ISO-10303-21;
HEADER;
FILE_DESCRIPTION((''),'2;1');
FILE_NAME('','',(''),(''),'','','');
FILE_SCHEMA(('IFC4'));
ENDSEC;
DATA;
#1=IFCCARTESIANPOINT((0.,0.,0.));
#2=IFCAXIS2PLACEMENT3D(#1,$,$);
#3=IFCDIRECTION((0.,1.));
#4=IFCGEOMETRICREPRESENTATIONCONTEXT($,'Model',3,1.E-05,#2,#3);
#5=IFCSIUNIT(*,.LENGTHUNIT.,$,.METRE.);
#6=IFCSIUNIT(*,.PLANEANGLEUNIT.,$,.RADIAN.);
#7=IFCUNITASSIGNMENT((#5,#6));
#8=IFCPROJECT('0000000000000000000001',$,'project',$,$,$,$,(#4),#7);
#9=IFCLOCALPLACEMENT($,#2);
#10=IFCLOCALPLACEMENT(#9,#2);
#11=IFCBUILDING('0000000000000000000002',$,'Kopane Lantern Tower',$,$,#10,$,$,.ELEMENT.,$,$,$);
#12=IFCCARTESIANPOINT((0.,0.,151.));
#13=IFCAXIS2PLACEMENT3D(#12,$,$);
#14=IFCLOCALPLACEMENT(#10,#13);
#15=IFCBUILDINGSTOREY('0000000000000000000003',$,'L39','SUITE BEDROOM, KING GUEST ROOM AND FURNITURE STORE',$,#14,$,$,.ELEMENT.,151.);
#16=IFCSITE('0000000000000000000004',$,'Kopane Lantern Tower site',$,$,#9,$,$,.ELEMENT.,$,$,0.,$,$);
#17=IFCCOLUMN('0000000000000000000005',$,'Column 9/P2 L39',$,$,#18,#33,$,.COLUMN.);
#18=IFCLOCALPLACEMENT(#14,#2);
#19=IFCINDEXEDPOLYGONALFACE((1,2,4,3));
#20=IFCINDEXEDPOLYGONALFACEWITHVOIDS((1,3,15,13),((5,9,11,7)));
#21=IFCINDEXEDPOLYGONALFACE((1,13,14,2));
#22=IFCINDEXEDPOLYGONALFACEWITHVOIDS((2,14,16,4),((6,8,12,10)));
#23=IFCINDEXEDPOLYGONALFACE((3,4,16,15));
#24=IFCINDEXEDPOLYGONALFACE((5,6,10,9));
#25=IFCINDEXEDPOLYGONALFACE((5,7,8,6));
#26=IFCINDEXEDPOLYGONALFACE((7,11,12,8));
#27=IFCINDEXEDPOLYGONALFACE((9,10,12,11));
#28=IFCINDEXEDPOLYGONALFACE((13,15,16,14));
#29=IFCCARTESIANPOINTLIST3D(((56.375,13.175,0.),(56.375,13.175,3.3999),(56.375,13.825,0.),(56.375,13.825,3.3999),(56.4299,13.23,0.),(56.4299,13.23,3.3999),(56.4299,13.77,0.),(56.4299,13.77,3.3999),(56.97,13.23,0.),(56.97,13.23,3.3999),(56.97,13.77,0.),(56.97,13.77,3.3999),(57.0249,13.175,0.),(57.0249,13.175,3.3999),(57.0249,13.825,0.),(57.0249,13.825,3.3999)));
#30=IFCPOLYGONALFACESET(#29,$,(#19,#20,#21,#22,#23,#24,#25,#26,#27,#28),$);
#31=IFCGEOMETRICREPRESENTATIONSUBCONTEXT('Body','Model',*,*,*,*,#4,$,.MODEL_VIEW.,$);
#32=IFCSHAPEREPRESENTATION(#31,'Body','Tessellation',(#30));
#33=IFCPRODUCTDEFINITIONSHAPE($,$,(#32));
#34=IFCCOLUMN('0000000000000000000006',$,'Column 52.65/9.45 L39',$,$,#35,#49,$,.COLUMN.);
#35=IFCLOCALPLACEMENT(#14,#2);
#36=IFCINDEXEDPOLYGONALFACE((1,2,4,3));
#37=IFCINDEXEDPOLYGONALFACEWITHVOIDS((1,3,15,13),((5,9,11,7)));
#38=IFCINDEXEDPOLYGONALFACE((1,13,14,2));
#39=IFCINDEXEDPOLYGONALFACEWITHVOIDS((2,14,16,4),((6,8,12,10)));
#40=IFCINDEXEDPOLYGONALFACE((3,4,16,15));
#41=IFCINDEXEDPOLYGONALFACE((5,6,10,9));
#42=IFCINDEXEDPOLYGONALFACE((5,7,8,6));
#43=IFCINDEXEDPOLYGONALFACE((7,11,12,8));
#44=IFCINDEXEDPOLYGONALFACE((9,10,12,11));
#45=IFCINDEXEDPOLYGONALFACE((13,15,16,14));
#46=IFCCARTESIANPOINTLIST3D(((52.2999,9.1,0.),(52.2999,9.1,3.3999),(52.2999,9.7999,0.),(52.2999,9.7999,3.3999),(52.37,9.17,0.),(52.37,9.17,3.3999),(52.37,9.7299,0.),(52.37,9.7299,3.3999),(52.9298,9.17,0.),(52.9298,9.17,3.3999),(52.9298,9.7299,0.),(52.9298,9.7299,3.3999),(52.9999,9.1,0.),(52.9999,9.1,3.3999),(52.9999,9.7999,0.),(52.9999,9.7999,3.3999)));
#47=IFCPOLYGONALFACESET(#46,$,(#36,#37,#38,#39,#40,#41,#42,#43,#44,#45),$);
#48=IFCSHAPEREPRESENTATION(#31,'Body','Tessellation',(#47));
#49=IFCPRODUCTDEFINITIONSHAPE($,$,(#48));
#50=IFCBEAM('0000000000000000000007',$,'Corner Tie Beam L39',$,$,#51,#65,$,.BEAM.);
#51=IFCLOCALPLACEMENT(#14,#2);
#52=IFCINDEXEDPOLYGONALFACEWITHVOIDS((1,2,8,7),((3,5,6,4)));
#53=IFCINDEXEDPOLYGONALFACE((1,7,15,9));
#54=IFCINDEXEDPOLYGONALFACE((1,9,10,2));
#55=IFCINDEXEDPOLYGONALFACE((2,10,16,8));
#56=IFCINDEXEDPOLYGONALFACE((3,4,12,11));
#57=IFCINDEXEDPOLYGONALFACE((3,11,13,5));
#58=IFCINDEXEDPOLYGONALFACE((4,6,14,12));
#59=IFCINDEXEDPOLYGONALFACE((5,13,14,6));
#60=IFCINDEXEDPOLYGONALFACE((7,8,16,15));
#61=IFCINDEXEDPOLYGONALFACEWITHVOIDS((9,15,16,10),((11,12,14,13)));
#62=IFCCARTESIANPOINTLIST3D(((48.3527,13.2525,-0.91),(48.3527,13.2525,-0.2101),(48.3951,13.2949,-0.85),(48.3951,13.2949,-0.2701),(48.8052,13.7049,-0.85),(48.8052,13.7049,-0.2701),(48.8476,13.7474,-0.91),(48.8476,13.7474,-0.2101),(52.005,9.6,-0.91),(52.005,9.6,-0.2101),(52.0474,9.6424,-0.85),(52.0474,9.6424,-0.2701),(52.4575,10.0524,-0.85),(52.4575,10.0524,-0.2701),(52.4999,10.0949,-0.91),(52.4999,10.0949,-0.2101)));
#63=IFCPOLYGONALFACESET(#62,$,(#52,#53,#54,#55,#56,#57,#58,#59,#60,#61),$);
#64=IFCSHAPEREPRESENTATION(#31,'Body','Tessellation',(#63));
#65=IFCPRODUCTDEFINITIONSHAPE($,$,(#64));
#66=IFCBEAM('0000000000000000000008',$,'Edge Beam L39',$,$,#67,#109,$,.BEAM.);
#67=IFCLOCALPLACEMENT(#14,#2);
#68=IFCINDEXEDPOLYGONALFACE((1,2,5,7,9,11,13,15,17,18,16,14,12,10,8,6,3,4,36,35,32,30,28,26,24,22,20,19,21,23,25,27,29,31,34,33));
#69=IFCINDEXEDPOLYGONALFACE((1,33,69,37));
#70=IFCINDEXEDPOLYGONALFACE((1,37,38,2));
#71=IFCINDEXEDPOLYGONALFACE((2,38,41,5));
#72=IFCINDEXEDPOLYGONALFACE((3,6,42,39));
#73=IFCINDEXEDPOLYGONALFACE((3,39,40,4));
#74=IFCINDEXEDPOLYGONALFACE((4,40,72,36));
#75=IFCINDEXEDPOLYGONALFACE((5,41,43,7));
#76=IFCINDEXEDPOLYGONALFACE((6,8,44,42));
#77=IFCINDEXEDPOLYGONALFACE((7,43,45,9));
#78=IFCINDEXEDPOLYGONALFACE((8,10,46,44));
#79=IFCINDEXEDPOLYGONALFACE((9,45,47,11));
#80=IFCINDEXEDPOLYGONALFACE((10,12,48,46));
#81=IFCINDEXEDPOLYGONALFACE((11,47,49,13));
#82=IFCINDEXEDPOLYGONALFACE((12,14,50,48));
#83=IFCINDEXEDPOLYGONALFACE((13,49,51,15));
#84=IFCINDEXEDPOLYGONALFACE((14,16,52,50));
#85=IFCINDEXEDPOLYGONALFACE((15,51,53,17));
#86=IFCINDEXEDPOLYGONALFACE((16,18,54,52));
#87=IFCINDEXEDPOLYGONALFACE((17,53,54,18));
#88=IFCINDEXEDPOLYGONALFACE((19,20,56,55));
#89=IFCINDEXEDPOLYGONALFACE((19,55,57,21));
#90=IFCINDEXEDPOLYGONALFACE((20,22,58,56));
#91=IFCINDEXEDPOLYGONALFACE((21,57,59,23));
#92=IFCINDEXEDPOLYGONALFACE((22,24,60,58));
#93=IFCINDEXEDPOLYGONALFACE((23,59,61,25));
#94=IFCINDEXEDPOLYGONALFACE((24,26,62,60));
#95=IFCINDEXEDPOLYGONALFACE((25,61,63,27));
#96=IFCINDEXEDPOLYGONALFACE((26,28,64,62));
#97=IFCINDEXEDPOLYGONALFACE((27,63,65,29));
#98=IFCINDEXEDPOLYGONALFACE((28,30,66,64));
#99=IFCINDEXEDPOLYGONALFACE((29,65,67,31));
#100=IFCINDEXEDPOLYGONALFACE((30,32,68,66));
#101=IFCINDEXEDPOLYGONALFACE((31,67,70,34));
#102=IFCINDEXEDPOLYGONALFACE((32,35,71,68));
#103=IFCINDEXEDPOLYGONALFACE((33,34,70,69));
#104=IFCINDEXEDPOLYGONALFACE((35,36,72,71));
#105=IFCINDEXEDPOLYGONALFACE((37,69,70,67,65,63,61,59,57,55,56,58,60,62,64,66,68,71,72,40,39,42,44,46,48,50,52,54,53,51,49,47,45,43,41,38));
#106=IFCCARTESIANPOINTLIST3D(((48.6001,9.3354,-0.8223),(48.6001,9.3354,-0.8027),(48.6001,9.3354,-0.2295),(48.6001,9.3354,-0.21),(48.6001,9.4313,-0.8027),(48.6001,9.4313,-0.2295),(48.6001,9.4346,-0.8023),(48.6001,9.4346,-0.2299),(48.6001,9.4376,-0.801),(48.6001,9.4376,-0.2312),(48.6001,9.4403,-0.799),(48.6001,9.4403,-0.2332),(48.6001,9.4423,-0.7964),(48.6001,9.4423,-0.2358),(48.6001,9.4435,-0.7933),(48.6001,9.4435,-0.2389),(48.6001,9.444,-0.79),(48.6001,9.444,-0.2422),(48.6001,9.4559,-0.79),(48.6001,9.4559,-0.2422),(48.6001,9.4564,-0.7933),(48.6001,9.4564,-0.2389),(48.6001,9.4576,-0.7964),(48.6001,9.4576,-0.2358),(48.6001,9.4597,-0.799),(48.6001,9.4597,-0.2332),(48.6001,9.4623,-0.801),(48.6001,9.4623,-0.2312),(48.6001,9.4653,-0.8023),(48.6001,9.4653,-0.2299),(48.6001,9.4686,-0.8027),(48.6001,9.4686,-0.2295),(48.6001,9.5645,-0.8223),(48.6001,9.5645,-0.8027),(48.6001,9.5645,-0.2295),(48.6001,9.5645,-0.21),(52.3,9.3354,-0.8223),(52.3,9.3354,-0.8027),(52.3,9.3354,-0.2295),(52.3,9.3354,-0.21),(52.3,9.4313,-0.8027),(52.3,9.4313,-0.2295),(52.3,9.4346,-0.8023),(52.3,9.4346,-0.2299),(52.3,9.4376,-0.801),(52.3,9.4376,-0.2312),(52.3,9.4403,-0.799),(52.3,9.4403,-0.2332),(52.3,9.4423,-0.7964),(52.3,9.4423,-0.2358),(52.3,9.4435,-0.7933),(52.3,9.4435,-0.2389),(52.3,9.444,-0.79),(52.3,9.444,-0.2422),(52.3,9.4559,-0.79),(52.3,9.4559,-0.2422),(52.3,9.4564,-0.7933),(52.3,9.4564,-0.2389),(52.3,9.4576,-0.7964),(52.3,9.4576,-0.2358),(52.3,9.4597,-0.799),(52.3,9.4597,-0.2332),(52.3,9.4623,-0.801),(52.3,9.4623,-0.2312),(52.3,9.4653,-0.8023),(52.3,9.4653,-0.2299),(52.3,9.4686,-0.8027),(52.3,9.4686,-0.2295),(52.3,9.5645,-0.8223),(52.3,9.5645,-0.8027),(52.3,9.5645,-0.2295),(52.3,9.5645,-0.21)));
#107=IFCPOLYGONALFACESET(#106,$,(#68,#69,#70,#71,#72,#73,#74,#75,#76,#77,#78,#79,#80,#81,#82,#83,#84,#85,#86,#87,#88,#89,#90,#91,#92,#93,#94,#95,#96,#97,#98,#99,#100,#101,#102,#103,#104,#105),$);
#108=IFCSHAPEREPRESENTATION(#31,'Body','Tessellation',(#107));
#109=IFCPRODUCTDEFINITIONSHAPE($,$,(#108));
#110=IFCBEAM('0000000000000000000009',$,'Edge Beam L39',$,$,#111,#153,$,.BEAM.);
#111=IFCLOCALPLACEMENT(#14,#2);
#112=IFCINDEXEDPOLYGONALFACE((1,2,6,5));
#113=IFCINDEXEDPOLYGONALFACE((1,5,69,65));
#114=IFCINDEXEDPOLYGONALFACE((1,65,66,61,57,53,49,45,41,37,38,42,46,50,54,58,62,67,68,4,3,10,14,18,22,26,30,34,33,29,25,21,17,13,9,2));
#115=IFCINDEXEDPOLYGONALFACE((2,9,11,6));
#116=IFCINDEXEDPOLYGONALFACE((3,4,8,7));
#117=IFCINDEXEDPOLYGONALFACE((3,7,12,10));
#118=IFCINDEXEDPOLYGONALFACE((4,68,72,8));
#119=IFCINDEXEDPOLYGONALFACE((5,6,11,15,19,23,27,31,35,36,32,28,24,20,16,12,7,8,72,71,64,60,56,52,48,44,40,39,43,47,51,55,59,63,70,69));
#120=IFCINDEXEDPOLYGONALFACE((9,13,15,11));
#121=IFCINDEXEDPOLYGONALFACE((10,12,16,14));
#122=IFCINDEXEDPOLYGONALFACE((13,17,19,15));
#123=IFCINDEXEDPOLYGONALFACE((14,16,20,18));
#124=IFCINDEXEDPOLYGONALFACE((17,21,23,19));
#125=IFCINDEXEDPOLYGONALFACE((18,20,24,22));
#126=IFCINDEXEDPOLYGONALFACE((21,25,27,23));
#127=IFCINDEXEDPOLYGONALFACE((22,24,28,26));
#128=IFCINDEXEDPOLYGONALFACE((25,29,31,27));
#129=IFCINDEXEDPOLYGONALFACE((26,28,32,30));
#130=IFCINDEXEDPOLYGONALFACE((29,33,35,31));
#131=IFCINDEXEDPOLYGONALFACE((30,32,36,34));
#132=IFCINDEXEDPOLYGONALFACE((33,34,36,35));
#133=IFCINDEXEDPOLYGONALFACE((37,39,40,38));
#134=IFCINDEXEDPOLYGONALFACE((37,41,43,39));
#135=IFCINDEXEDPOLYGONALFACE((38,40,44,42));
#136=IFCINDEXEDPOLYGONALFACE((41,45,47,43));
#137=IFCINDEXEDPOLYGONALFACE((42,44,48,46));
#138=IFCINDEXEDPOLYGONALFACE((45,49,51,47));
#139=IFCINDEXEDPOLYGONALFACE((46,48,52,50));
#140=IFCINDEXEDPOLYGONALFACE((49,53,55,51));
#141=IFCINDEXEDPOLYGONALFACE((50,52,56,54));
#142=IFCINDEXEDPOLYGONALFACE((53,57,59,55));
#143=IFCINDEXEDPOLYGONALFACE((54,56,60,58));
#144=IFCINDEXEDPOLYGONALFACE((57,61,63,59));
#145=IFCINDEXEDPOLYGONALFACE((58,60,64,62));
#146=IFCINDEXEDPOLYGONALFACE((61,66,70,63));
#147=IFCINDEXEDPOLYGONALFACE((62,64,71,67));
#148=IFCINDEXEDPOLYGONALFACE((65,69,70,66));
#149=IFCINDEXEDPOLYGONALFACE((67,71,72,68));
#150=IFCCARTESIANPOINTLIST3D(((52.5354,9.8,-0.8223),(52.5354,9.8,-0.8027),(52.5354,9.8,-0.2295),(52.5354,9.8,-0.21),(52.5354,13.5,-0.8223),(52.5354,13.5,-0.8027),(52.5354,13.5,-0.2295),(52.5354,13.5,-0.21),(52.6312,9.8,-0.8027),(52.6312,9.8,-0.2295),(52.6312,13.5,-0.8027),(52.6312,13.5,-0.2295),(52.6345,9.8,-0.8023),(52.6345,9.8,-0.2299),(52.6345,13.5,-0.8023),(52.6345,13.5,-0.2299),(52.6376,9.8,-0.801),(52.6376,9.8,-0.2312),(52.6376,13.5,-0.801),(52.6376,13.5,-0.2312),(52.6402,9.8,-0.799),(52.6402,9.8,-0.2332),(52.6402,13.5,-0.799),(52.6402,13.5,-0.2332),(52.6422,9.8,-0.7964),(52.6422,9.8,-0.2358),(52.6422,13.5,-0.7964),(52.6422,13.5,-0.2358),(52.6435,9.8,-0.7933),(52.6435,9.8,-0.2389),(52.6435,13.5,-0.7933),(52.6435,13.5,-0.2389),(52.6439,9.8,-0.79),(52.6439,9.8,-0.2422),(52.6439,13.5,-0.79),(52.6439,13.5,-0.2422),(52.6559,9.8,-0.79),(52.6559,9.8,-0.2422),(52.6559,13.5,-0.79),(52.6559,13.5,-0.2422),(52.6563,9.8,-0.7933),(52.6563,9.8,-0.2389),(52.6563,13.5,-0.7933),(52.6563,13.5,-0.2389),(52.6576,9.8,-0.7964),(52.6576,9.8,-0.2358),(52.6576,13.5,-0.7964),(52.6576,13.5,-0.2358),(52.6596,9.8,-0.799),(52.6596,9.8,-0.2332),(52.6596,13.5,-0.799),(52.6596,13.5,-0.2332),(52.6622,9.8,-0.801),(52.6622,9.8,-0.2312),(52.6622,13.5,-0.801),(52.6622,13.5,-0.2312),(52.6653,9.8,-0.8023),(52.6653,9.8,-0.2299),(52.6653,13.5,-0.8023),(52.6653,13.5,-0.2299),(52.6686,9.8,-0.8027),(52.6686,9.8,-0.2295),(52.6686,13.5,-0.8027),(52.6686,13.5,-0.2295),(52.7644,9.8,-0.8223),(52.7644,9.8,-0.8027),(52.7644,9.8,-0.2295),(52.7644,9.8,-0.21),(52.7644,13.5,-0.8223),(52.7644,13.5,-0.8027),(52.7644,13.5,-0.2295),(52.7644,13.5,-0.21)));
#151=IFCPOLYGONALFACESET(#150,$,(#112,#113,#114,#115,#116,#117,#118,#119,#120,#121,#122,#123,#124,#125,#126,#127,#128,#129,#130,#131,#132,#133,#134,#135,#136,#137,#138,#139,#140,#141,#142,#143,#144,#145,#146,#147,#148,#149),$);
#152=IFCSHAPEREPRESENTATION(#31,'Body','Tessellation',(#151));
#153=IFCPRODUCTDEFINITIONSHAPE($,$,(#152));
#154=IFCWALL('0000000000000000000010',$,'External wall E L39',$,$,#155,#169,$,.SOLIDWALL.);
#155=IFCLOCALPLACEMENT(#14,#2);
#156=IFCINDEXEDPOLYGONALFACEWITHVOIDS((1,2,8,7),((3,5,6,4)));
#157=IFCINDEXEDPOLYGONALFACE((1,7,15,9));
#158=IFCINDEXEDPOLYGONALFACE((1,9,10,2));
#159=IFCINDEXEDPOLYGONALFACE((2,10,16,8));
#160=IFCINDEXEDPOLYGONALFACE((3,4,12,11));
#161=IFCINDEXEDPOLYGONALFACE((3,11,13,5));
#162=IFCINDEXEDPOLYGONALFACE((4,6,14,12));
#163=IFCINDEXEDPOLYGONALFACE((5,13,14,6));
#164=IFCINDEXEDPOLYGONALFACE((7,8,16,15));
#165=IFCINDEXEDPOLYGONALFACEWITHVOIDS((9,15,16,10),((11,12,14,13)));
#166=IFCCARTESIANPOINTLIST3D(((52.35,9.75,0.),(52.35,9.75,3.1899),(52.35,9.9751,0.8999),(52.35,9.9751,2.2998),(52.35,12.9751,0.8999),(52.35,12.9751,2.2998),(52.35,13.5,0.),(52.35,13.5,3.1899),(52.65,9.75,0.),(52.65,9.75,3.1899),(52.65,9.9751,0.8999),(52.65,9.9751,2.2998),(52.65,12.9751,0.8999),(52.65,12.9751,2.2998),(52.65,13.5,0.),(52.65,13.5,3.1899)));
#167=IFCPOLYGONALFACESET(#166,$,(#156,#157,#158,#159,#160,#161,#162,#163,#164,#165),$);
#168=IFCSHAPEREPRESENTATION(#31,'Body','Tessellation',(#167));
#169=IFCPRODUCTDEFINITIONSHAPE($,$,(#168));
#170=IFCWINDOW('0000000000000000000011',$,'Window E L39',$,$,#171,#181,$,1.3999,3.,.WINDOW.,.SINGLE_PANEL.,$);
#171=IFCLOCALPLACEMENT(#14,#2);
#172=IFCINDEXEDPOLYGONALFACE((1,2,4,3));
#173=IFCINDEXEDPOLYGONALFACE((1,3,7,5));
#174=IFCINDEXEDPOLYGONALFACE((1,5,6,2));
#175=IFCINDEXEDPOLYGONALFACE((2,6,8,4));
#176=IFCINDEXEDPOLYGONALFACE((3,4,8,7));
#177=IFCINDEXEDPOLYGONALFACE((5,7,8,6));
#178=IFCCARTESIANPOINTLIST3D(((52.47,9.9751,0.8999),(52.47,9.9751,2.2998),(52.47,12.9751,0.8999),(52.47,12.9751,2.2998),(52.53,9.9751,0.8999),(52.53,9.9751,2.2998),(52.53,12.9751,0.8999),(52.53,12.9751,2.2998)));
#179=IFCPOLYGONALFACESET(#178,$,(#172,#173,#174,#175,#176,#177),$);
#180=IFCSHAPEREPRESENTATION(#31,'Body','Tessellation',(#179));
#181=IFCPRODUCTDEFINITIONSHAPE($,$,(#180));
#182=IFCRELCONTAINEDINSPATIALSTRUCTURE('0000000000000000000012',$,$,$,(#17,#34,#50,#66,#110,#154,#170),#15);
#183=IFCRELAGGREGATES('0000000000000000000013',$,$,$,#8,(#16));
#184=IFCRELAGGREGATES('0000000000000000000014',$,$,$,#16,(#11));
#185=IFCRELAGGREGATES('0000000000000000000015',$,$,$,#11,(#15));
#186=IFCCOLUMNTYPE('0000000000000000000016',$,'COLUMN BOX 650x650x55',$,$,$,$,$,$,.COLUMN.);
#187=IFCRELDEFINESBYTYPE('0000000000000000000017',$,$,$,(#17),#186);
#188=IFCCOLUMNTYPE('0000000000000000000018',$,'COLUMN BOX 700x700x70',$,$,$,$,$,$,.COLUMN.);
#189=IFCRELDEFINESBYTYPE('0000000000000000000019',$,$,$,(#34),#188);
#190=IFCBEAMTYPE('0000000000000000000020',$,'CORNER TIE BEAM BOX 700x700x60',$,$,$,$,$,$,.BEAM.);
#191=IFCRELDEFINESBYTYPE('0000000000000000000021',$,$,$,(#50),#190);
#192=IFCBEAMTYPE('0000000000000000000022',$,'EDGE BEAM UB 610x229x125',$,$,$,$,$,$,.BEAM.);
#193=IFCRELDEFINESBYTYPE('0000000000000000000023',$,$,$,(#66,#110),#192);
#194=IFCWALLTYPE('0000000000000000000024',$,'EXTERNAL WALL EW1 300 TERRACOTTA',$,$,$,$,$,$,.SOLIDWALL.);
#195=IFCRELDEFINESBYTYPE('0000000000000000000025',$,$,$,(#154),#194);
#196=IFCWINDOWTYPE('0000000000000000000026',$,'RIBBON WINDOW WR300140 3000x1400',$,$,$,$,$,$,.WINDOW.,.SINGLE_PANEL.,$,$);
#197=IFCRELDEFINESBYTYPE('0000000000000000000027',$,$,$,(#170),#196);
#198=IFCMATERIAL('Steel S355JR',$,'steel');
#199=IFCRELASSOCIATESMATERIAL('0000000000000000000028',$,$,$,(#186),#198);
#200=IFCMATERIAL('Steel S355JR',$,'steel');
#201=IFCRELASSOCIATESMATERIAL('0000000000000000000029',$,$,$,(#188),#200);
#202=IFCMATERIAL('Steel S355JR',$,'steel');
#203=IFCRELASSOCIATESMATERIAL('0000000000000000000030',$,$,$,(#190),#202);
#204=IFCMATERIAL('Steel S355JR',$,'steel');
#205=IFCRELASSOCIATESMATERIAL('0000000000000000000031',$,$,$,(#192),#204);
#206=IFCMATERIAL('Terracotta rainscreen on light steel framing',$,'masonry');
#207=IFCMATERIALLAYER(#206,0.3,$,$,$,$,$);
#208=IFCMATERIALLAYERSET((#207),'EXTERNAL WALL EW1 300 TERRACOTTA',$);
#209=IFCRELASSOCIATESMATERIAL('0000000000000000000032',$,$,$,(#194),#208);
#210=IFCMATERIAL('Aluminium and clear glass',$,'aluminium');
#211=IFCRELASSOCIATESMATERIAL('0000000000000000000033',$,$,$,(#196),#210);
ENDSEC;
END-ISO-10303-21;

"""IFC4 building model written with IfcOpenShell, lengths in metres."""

from ifc_helpers import new_model, si_unit, direction, frame, frame_2d, origin, origin_2d, place, context, subcontext, project, spatial, rectangle, hollow_rectangle, i_section, extrude, material, layer, layer_set, material_profile, profile_set, type_object, element, fill, save


model = new_model("IFC4")

# Units and contexts
model_context = context("Model", 3, precision=1e-05, world=origin(), true_north=direction((0.0, 1.0)))
body_context = subcontext(model_context, "Body", "Model", "MODEL_VIEW")
ifc_project = project(units=[si_unit("LENGTHUNIT", "METRE"), si_unit("PLANEANGLEUNIT", "RADIAN")], contexts=[model_context])

# Site, building, storey
site_placement = place(None, origin())
site = spatial("IfcSite", under=ifc_project, at=site_placement, Name="Kopane Lantern Tower site", CompositionType="ELEMENT", RefElevation=0.0)
building_placement = place(site_placement, origin())
building = spatial("IfcBuilding", under=site, at=building_placement, Name="Kopane Lantern Tower", CompositionType="ELEMENT")
storey_placement = place(building_placement, frame((0.0, 0.0, 151.0)))
storey = spatial("IfcBuildingStorey", under=building, at=storey_placement, Name="L39", Description="SUITE BEDROOM, KING GUEST ROOM AND FURNITURE STORE", CompositionType="ELEMENT", Elevation=151.0)

# Columns
ifc_material_1 = material(Name="Steel S355JR", Category="steel")
ifc_material_profile_1 = material_profile(ifc_material_1, hollow_rectangle(XDim=0.6499, YDim=0.6499, WallThickness=0.0549, at=origin_2d()), Name="BOX 650x650x55")
ifc_profile_set_1 = profile_set([ifc_material_profile_1], Name="Steel S355JR")
column_type_1 = type_object("IfcColumnType", Name="COLUMN BOX 650x650x55", PredefinedType="COLUMN", material=ifc_profile_set_1)
column_1_placement = place(storey_placement, frame((56.7, 13.5, 0.0), z_axis=(0.0, 0.0, 1.0), x_axis=(1.0, 0.0, 0.0)))
element("IfcColumn", 1, at=column_1_placement, inside=storey, type_object=column_type_1, Name="Column 9/P2 L39", PredefinedType="COLUMN", context=body_context, shape_type="SweptSolid", body=[
    extrude(hollow_rectangle(XDim=0.6499, YDim=0.6499, WallThickness=0.0549, at=origin_2d()), origin(), (0.0, 0.0, 1.0), 3.3999),
])
ifc_material_2 = material(Name="Steel S355JR", Category="steel")
ifc_material_profile_2 = material_profile(ifc_material_2, hollow_rectangle(XDim=0.7, YDim=0.7, WallThickness=0.0701, at=origin_2d()), Name="BOX 700x700x70")
ifc_profile_set_2 = profile_set([ifc_material_profile_2], Name="Steel S355JR")
column_type_2 = type_object("IfcColumnType", Name="COLUMN BOX 700x700x70", PredefinedType="COLUMN", material=ifc_profile_set_2)
column_2_placement = place(storey_placement, frame((52.6499, 9.45, 0.0), z_axis=(0.0, 0.0, 1.0), x_axis=(1.0, 0.0, 0.0)))
element("IfcColumn", 2, at=column_2_placement, inside=storey, type_object=column_type_2, Name="Column 52.65/9.45 L39", PredefinedType="COLUMN", context=body_context, shape_type="SweptSolid", body=[
    extrude(hollow_rectangle(XDim=0.7, YDim=0.7, WallThickness=0.0701, at=origin_2d()), origin(), (0.0, 0.0, 1.0), 3.3999),
])

# Beams
ifc_material_3 = material(Name="Steel S355JR", Category="steel")
ifc_material_profile_3 = material_profile(ifc_material_3, hollow_rectangle(XDim=0.7, YDim=0.7, WallThickness=0.0601, at=origin_2d()), Name="BOX 700x700x60")
ifc_profile_set_3 = profile_set([ifc_material_profile_3], Name="Steel S355JR")
beam_type_1 = type_object("IfcBeamType", Name="CORNER TIE BEAM BOX 700x700x60", PredefinedType="BEAM", material=ifc_profile_set_3)
beam_placement = place(storey_placement, frame((52.2524, 9.8474, -0.5601), z_axis=(-0.707083, 0.70713, 0.0), x_axis=(-0.70713, -0.707083, 0.0)))
element("IfcBeam", 3, at=beam_placement, inside=storey, type_object=beam_type_1, Name="Corner Tie Beam L39", PredefinedType="BEAM", context=body_context, shape_type="SweptSolid", body=[
    extrude(hollow_rectangle(XDim=0.7, YDim=0.7, WallThickness=0.0601, at=origin_2d()), origin(), (0.0, 0.0, 1.0), 5.1653),
])
ifc_material_4 = material(Name="Steel S355JR", Category="steel")
ifc_material_profile_4 = material_profile(ifc_material_4, i_section(OverallWidth=0.229, OverallDepth=0.6123, WebThickness=0.012, FlangeThickness=0.0195, FilletRadius=0.0127, at=origin_2d()), Name="UB 610x229x125")
ifc_profile_set_4 = profile_set([ifc_material_profile_4], Name="Steel S355JR")
beam_type_2 = type_object("IfcBeamType", Name="EDGE BEAM UB 610x229x125", PredefinedType="BEAM", material=ifc_profile_set_4)
for number, where, z_axis, x_axis, name in (
    (4, (52.3, 9.45, -0.5161), (-1.0, 0.0, 0.0), (0.0, -1.0, 0.0), "Edge Beam L39"),
    (5, (52.6499, 9.8, -0.5161), (0.0, 1.0, 0.0), (-1.0, 0.0, 0.0), "Edge Beam L39"),
):
    element("IfcBeam", number, at=place(storey_placement, frame(where, z_axis=z_axis, x_axis=x_axis)), inside=storey, type_object=beam_type_2, Name=name, PredefinedType="BEAM", context=body_context, shape_type="SweptSolid", body=[
        extrude(i_section(OverallWidth=0.229, OverallDepth=0.6123, WebThickness=0.012, FlangeThickness=0.0195, FilletRadius=0.0127, at=origin_2d()), origin(), (0.0, 0.0, 1.0), 3.7),
    ])

# Wall, opening, window
ifc_material_5 = material(Name="Terracotta rainscreen on light steel framing", Category="masonry")
ifc_layer = layer(ifc_material_5, 0.3)
ifc_layer_set = layer_set([ifc_layer], Name="EXTERNAL WALL EW1 300 TERRACOTTA")
wall_type = type_object("IfcWallType", Name="EXTERNAL WALL EW1 300 TERRACOTTA", PredefinedType="SOLIDWALL", material=ifc_layer_set)
wall_placement = place(storey_placement, frame((52.5, 9.75, 0.0), z_axis=(0.0, 0.0, 1.0), x_axis=(0.0, 1.0, 0.0)))
wall = element("IfcWall", 6, at=wall_placement, inside=storey, type_object=wall_type, Name="External wall E L39", PredefinedType="SOLIDWALL", context=body_context, shape_type="SweptSolid", body=[
    extrude(rectangle(XDim=3.75, YDim=0.3, at=frame_2d((1.875, 0.0))), origin(), (0.0, 0.0, 1.0), 3.1899),
])
opening_placement = place(wall_placement, frame((0.2251, 0.0, 0.8999)))
opening = element("IfcOpeningElement", 7, at=opening_placement, cuts=wall, PredefinedType="OPENING", context=body_context, shape_type="SweptSolid", body=[
    extrude(rectangle(XDim=3.0, YDim=1.3999, at=frame_2d((1.5, 0.7))), frame((0.0, 0.1599, 0.0), z_axis=(0.0, -1.0, 0.0), x_axis=(1.0, 0.0, 0.0)), (0.0, 0.0, 1.0), 0.3201),
])
ifc_material_6 = material(Name="Aluminium and clear glass", Category="aluminium")
window_type = type_object("IfcWindowType", Name="RIBBON WINDOW WR300140 3000x1400", PartitioningType="SINGLE_PANEL", PredefinedType="WINDOW", material=ifc_material_6)
window_placement = place(opening_placement, origin())
window = element("IfcWindow", 8, at=window_placement, inside=storey, type_object=window_type, Name="Window E L39", OverallHeight=1.3999, OverallWidth=3.0, PartitioningType="SINGLE_PANEL", PredefinedType="WINDOW", context=body_context, shape_type="SweptSolid", body=[
    extrude(rectangle(XDim=3.0, YDim=1.3999, at=frame_2d((1.5, 0.7))), frame((0.0, 0.03, 0.0), z_axis=(0.0, -1.0, 0.0), x_axis=(1.0, 0.0, 0.0)), (0.0, 0.0, 1.0), 0.0601),
])
fill(opening, window)

save(model, "model.ifc")
